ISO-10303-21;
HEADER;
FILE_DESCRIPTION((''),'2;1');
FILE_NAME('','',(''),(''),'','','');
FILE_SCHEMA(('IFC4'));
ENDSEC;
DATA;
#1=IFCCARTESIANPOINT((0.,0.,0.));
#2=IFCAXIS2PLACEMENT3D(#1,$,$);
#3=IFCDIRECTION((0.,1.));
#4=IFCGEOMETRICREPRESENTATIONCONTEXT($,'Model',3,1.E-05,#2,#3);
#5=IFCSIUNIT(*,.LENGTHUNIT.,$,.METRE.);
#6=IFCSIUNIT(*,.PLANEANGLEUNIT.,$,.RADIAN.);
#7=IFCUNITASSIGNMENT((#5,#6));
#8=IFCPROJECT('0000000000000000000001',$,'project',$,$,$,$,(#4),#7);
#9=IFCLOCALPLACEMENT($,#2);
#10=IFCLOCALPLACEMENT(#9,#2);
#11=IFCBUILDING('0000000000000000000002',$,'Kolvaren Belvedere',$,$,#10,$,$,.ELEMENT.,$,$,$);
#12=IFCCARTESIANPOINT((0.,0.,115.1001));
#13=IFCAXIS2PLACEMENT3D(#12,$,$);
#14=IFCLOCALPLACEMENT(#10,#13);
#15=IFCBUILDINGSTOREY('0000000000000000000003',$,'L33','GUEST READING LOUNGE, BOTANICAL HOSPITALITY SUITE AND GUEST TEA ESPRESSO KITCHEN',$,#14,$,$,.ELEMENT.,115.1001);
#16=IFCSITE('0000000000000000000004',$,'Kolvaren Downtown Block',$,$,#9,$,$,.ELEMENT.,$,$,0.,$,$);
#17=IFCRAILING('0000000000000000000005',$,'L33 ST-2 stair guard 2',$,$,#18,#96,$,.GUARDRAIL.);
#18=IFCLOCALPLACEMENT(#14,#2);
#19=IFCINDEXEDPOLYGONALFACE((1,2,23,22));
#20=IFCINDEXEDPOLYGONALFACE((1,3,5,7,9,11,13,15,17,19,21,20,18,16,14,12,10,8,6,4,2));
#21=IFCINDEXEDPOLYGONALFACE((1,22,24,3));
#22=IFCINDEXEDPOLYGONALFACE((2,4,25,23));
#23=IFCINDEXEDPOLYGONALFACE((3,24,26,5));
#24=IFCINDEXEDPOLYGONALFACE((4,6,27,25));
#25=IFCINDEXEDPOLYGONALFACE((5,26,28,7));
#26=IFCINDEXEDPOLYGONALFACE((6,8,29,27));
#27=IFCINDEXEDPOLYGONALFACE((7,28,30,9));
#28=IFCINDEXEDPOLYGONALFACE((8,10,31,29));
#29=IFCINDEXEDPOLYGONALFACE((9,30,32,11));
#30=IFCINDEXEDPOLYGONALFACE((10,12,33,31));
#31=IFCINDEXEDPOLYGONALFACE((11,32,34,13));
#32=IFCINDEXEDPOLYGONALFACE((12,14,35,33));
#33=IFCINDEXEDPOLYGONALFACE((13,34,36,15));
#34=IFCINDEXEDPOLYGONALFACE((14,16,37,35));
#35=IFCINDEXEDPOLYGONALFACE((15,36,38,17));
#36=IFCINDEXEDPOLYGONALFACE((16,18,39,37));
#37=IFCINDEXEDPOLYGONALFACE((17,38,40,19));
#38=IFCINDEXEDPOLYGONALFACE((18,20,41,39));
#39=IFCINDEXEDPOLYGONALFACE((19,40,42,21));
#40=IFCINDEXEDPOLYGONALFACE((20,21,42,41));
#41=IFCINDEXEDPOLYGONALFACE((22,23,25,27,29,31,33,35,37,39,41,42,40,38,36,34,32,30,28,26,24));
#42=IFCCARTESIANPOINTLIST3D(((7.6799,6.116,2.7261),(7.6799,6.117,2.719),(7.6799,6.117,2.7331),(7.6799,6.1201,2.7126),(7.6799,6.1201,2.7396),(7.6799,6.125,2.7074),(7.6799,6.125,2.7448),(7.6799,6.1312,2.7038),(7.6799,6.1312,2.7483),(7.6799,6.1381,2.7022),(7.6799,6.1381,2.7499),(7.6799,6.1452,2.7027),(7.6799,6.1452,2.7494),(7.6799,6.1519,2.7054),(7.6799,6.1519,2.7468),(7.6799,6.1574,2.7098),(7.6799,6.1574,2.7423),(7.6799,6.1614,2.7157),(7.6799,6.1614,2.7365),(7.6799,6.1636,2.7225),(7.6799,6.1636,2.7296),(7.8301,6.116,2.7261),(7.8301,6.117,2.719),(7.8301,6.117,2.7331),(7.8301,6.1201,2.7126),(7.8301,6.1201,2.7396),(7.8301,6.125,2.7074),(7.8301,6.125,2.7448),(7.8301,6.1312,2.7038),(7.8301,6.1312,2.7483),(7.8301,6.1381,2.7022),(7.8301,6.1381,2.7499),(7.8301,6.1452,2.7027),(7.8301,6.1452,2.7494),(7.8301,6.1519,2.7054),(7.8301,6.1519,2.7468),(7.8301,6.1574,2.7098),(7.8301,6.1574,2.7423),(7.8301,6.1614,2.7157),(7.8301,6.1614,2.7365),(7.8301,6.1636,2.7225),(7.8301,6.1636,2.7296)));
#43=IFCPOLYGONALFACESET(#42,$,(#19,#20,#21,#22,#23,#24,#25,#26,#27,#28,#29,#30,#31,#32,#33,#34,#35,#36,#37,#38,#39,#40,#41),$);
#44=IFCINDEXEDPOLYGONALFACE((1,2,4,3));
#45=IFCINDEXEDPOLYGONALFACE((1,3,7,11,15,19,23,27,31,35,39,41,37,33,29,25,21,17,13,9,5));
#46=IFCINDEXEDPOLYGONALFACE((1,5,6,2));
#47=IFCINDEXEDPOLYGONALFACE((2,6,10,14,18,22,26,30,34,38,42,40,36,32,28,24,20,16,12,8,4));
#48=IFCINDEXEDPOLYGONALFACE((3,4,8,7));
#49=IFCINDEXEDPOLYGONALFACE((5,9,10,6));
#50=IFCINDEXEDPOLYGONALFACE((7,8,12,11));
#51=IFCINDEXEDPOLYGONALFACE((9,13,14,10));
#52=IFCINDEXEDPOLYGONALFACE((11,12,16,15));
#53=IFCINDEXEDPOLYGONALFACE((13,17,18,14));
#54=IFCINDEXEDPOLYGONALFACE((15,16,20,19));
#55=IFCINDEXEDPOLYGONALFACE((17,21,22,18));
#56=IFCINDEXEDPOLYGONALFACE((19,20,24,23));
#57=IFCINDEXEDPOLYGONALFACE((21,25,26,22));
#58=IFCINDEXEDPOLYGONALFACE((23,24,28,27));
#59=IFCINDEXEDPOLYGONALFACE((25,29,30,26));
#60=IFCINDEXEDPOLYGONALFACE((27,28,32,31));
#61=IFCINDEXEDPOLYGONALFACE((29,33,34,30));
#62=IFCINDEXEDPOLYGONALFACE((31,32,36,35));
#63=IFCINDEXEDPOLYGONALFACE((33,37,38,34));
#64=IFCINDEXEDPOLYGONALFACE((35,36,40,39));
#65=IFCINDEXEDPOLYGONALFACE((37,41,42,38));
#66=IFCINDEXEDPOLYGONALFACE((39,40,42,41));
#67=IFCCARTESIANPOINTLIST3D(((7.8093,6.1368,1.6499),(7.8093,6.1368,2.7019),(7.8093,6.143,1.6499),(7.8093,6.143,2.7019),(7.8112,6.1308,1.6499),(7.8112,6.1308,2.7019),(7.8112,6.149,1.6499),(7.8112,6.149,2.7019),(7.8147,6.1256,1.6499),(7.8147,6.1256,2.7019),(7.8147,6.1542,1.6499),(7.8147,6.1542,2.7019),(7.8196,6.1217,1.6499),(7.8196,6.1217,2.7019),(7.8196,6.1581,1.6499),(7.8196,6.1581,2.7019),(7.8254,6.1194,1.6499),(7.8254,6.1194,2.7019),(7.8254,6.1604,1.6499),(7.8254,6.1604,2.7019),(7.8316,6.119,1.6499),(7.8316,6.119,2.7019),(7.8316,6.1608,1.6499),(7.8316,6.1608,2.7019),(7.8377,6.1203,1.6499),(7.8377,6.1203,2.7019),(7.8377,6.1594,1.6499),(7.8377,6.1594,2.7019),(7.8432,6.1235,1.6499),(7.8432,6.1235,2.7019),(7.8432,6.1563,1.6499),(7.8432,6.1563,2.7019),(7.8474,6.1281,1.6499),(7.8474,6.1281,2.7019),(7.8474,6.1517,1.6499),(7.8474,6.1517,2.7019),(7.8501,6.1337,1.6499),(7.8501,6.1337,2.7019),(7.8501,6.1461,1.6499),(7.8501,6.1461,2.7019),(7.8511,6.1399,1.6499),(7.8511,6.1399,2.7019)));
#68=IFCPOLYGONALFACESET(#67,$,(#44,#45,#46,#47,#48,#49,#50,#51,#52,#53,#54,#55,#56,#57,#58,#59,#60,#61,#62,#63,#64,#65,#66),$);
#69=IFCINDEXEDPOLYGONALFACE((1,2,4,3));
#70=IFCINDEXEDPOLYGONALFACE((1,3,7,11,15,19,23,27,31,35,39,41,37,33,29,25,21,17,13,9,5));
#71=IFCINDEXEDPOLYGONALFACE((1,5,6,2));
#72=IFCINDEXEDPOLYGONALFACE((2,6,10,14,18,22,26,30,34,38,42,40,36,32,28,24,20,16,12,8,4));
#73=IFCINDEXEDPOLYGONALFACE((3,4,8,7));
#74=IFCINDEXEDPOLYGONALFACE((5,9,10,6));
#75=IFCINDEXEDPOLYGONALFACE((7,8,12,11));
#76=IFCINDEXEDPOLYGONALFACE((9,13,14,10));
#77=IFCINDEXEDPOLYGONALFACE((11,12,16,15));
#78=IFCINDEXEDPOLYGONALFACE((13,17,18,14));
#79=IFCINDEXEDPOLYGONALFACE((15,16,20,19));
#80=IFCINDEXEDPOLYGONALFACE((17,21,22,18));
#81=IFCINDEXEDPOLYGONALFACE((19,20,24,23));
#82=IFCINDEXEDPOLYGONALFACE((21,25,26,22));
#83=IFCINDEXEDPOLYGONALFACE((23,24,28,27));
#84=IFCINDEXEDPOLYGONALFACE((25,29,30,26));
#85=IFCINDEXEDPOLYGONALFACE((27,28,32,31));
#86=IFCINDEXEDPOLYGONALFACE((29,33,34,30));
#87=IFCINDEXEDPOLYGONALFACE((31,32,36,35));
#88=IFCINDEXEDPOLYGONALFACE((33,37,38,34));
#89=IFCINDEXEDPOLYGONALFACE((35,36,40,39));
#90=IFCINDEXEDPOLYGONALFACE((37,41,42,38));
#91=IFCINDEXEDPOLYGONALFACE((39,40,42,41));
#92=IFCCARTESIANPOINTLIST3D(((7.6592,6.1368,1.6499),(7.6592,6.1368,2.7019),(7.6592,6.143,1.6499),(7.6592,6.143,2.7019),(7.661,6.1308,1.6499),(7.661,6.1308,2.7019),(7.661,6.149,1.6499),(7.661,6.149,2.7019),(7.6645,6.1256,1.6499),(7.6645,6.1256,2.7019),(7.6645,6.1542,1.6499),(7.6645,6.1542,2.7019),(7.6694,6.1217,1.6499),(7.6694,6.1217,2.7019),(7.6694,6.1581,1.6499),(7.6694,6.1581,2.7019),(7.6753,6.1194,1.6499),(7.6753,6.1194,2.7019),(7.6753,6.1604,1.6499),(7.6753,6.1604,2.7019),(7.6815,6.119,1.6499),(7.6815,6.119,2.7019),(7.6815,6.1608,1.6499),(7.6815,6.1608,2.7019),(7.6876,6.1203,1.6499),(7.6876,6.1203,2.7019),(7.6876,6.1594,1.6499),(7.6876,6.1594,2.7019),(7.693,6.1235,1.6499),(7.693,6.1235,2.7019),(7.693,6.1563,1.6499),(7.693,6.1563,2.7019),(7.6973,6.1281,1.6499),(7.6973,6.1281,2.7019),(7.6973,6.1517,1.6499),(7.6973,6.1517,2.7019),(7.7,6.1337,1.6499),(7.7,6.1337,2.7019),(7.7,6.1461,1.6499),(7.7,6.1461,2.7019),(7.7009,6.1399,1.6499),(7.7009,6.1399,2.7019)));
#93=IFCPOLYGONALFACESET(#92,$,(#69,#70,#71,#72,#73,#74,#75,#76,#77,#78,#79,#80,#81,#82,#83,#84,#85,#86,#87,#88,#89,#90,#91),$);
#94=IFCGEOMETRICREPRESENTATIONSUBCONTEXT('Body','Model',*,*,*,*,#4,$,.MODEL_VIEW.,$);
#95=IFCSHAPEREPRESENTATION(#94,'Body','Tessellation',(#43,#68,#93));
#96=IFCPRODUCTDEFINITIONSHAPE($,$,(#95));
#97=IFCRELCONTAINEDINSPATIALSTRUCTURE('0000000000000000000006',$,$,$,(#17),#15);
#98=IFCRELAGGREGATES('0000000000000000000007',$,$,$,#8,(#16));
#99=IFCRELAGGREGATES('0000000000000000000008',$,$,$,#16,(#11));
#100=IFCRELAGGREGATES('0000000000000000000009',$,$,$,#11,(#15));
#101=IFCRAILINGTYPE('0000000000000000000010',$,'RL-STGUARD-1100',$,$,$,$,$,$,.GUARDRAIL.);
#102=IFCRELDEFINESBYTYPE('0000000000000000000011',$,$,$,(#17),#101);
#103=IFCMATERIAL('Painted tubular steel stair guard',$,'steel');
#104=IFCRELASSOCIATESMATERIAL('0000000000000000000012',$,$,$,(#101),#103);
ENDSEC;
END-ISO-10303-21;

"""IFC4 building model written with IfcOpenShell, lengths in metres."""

from ifc_helpers import new_model, si_unit, direction, frame, origin, origin_2d, place, context, subcontext, project, spatial, circle, extrude, material, type_object, element, save


model = new_model("IFC4")

# Units and contexts
model_context = context("Model", 3, precision=1e-05, world=origin(), true_north=direction((0.0, 1.0)))
body_context = subcontext(model_context, "Body", "Model", "MODEL_VIEW")
ifc_project = project(units=[si_unit("LENGTHUNIT", "METRE"), si_unit("PLANEANGLEUNIT", "RADIAN")], contexts=[model_context])

# Site, building, storey
site_placement = place(None, origin())
site = spatial("IfcSite", under=ifc_project, at=site_placement, Name="Kolvaren Downtown Block", CompositionType="ELEMENT", RefElevation=0.0)
building_placement = place(site_placement, origin())
building = spatial("IfcBuilding", under=site, at=building_placement, Name="Kolvaren Belvedere", CompositionType="ELEMENT")
storey_placement = place(building_placement, frame((0.0, 0.0, 115.1001)))
storey = spatial("IfcBuildingStorey", under=building, at=storey_placement, Name="L33", Description="GUEST READING LOUNGE, BOTANICAL HOSPITALITY SUITE AND GUEST TEA ESPRESSO KITCHEN", CompositionType="ELEMENT", Elevation=115.1001)

# Railing
ifc_material_1 = material(Name="Painted tubular steel stair guard", Category="steel")
railing_type_1 = type_object("IfcRailingType", Name="RL-STGUARD-1100", PredefinedType="GUARDRAIL", material=ifc_material_1)
railing_1_placement = place(storey_placement, frame((7.8301, 6.1399, 1.6499)))
element("IfcRailing", 1, at=railing_1_placement, inside=storey, type_object=railing_type_1, Name="L33 ST-2 stair guard 2", PredefinedType="GUARDRAIL", context=body_context, shape_type="SweptSolid", body=[
    extrude(circle(Radius=0.0239, at=origin_2d()), frame((0.0, 0.0, 1.0762), z_axis=(-1.0, 0.0, 0.0), x_axis=(0.0, -1.0, 0.0)), (0.0, 0.0, 1.0), 0.1501),
    extrude(circle(Radius=0.021, at=origin_2d()), origin(), (0.0, 0.0, 1.0), 1.052),
    extrude(circle(Radius=0.021, at=origin_2d()), frame((-0.1501, 0.0, 0.0)), (0.0, 0.0, 1.0), 1.052),
])

save(model, "model.ifc")
